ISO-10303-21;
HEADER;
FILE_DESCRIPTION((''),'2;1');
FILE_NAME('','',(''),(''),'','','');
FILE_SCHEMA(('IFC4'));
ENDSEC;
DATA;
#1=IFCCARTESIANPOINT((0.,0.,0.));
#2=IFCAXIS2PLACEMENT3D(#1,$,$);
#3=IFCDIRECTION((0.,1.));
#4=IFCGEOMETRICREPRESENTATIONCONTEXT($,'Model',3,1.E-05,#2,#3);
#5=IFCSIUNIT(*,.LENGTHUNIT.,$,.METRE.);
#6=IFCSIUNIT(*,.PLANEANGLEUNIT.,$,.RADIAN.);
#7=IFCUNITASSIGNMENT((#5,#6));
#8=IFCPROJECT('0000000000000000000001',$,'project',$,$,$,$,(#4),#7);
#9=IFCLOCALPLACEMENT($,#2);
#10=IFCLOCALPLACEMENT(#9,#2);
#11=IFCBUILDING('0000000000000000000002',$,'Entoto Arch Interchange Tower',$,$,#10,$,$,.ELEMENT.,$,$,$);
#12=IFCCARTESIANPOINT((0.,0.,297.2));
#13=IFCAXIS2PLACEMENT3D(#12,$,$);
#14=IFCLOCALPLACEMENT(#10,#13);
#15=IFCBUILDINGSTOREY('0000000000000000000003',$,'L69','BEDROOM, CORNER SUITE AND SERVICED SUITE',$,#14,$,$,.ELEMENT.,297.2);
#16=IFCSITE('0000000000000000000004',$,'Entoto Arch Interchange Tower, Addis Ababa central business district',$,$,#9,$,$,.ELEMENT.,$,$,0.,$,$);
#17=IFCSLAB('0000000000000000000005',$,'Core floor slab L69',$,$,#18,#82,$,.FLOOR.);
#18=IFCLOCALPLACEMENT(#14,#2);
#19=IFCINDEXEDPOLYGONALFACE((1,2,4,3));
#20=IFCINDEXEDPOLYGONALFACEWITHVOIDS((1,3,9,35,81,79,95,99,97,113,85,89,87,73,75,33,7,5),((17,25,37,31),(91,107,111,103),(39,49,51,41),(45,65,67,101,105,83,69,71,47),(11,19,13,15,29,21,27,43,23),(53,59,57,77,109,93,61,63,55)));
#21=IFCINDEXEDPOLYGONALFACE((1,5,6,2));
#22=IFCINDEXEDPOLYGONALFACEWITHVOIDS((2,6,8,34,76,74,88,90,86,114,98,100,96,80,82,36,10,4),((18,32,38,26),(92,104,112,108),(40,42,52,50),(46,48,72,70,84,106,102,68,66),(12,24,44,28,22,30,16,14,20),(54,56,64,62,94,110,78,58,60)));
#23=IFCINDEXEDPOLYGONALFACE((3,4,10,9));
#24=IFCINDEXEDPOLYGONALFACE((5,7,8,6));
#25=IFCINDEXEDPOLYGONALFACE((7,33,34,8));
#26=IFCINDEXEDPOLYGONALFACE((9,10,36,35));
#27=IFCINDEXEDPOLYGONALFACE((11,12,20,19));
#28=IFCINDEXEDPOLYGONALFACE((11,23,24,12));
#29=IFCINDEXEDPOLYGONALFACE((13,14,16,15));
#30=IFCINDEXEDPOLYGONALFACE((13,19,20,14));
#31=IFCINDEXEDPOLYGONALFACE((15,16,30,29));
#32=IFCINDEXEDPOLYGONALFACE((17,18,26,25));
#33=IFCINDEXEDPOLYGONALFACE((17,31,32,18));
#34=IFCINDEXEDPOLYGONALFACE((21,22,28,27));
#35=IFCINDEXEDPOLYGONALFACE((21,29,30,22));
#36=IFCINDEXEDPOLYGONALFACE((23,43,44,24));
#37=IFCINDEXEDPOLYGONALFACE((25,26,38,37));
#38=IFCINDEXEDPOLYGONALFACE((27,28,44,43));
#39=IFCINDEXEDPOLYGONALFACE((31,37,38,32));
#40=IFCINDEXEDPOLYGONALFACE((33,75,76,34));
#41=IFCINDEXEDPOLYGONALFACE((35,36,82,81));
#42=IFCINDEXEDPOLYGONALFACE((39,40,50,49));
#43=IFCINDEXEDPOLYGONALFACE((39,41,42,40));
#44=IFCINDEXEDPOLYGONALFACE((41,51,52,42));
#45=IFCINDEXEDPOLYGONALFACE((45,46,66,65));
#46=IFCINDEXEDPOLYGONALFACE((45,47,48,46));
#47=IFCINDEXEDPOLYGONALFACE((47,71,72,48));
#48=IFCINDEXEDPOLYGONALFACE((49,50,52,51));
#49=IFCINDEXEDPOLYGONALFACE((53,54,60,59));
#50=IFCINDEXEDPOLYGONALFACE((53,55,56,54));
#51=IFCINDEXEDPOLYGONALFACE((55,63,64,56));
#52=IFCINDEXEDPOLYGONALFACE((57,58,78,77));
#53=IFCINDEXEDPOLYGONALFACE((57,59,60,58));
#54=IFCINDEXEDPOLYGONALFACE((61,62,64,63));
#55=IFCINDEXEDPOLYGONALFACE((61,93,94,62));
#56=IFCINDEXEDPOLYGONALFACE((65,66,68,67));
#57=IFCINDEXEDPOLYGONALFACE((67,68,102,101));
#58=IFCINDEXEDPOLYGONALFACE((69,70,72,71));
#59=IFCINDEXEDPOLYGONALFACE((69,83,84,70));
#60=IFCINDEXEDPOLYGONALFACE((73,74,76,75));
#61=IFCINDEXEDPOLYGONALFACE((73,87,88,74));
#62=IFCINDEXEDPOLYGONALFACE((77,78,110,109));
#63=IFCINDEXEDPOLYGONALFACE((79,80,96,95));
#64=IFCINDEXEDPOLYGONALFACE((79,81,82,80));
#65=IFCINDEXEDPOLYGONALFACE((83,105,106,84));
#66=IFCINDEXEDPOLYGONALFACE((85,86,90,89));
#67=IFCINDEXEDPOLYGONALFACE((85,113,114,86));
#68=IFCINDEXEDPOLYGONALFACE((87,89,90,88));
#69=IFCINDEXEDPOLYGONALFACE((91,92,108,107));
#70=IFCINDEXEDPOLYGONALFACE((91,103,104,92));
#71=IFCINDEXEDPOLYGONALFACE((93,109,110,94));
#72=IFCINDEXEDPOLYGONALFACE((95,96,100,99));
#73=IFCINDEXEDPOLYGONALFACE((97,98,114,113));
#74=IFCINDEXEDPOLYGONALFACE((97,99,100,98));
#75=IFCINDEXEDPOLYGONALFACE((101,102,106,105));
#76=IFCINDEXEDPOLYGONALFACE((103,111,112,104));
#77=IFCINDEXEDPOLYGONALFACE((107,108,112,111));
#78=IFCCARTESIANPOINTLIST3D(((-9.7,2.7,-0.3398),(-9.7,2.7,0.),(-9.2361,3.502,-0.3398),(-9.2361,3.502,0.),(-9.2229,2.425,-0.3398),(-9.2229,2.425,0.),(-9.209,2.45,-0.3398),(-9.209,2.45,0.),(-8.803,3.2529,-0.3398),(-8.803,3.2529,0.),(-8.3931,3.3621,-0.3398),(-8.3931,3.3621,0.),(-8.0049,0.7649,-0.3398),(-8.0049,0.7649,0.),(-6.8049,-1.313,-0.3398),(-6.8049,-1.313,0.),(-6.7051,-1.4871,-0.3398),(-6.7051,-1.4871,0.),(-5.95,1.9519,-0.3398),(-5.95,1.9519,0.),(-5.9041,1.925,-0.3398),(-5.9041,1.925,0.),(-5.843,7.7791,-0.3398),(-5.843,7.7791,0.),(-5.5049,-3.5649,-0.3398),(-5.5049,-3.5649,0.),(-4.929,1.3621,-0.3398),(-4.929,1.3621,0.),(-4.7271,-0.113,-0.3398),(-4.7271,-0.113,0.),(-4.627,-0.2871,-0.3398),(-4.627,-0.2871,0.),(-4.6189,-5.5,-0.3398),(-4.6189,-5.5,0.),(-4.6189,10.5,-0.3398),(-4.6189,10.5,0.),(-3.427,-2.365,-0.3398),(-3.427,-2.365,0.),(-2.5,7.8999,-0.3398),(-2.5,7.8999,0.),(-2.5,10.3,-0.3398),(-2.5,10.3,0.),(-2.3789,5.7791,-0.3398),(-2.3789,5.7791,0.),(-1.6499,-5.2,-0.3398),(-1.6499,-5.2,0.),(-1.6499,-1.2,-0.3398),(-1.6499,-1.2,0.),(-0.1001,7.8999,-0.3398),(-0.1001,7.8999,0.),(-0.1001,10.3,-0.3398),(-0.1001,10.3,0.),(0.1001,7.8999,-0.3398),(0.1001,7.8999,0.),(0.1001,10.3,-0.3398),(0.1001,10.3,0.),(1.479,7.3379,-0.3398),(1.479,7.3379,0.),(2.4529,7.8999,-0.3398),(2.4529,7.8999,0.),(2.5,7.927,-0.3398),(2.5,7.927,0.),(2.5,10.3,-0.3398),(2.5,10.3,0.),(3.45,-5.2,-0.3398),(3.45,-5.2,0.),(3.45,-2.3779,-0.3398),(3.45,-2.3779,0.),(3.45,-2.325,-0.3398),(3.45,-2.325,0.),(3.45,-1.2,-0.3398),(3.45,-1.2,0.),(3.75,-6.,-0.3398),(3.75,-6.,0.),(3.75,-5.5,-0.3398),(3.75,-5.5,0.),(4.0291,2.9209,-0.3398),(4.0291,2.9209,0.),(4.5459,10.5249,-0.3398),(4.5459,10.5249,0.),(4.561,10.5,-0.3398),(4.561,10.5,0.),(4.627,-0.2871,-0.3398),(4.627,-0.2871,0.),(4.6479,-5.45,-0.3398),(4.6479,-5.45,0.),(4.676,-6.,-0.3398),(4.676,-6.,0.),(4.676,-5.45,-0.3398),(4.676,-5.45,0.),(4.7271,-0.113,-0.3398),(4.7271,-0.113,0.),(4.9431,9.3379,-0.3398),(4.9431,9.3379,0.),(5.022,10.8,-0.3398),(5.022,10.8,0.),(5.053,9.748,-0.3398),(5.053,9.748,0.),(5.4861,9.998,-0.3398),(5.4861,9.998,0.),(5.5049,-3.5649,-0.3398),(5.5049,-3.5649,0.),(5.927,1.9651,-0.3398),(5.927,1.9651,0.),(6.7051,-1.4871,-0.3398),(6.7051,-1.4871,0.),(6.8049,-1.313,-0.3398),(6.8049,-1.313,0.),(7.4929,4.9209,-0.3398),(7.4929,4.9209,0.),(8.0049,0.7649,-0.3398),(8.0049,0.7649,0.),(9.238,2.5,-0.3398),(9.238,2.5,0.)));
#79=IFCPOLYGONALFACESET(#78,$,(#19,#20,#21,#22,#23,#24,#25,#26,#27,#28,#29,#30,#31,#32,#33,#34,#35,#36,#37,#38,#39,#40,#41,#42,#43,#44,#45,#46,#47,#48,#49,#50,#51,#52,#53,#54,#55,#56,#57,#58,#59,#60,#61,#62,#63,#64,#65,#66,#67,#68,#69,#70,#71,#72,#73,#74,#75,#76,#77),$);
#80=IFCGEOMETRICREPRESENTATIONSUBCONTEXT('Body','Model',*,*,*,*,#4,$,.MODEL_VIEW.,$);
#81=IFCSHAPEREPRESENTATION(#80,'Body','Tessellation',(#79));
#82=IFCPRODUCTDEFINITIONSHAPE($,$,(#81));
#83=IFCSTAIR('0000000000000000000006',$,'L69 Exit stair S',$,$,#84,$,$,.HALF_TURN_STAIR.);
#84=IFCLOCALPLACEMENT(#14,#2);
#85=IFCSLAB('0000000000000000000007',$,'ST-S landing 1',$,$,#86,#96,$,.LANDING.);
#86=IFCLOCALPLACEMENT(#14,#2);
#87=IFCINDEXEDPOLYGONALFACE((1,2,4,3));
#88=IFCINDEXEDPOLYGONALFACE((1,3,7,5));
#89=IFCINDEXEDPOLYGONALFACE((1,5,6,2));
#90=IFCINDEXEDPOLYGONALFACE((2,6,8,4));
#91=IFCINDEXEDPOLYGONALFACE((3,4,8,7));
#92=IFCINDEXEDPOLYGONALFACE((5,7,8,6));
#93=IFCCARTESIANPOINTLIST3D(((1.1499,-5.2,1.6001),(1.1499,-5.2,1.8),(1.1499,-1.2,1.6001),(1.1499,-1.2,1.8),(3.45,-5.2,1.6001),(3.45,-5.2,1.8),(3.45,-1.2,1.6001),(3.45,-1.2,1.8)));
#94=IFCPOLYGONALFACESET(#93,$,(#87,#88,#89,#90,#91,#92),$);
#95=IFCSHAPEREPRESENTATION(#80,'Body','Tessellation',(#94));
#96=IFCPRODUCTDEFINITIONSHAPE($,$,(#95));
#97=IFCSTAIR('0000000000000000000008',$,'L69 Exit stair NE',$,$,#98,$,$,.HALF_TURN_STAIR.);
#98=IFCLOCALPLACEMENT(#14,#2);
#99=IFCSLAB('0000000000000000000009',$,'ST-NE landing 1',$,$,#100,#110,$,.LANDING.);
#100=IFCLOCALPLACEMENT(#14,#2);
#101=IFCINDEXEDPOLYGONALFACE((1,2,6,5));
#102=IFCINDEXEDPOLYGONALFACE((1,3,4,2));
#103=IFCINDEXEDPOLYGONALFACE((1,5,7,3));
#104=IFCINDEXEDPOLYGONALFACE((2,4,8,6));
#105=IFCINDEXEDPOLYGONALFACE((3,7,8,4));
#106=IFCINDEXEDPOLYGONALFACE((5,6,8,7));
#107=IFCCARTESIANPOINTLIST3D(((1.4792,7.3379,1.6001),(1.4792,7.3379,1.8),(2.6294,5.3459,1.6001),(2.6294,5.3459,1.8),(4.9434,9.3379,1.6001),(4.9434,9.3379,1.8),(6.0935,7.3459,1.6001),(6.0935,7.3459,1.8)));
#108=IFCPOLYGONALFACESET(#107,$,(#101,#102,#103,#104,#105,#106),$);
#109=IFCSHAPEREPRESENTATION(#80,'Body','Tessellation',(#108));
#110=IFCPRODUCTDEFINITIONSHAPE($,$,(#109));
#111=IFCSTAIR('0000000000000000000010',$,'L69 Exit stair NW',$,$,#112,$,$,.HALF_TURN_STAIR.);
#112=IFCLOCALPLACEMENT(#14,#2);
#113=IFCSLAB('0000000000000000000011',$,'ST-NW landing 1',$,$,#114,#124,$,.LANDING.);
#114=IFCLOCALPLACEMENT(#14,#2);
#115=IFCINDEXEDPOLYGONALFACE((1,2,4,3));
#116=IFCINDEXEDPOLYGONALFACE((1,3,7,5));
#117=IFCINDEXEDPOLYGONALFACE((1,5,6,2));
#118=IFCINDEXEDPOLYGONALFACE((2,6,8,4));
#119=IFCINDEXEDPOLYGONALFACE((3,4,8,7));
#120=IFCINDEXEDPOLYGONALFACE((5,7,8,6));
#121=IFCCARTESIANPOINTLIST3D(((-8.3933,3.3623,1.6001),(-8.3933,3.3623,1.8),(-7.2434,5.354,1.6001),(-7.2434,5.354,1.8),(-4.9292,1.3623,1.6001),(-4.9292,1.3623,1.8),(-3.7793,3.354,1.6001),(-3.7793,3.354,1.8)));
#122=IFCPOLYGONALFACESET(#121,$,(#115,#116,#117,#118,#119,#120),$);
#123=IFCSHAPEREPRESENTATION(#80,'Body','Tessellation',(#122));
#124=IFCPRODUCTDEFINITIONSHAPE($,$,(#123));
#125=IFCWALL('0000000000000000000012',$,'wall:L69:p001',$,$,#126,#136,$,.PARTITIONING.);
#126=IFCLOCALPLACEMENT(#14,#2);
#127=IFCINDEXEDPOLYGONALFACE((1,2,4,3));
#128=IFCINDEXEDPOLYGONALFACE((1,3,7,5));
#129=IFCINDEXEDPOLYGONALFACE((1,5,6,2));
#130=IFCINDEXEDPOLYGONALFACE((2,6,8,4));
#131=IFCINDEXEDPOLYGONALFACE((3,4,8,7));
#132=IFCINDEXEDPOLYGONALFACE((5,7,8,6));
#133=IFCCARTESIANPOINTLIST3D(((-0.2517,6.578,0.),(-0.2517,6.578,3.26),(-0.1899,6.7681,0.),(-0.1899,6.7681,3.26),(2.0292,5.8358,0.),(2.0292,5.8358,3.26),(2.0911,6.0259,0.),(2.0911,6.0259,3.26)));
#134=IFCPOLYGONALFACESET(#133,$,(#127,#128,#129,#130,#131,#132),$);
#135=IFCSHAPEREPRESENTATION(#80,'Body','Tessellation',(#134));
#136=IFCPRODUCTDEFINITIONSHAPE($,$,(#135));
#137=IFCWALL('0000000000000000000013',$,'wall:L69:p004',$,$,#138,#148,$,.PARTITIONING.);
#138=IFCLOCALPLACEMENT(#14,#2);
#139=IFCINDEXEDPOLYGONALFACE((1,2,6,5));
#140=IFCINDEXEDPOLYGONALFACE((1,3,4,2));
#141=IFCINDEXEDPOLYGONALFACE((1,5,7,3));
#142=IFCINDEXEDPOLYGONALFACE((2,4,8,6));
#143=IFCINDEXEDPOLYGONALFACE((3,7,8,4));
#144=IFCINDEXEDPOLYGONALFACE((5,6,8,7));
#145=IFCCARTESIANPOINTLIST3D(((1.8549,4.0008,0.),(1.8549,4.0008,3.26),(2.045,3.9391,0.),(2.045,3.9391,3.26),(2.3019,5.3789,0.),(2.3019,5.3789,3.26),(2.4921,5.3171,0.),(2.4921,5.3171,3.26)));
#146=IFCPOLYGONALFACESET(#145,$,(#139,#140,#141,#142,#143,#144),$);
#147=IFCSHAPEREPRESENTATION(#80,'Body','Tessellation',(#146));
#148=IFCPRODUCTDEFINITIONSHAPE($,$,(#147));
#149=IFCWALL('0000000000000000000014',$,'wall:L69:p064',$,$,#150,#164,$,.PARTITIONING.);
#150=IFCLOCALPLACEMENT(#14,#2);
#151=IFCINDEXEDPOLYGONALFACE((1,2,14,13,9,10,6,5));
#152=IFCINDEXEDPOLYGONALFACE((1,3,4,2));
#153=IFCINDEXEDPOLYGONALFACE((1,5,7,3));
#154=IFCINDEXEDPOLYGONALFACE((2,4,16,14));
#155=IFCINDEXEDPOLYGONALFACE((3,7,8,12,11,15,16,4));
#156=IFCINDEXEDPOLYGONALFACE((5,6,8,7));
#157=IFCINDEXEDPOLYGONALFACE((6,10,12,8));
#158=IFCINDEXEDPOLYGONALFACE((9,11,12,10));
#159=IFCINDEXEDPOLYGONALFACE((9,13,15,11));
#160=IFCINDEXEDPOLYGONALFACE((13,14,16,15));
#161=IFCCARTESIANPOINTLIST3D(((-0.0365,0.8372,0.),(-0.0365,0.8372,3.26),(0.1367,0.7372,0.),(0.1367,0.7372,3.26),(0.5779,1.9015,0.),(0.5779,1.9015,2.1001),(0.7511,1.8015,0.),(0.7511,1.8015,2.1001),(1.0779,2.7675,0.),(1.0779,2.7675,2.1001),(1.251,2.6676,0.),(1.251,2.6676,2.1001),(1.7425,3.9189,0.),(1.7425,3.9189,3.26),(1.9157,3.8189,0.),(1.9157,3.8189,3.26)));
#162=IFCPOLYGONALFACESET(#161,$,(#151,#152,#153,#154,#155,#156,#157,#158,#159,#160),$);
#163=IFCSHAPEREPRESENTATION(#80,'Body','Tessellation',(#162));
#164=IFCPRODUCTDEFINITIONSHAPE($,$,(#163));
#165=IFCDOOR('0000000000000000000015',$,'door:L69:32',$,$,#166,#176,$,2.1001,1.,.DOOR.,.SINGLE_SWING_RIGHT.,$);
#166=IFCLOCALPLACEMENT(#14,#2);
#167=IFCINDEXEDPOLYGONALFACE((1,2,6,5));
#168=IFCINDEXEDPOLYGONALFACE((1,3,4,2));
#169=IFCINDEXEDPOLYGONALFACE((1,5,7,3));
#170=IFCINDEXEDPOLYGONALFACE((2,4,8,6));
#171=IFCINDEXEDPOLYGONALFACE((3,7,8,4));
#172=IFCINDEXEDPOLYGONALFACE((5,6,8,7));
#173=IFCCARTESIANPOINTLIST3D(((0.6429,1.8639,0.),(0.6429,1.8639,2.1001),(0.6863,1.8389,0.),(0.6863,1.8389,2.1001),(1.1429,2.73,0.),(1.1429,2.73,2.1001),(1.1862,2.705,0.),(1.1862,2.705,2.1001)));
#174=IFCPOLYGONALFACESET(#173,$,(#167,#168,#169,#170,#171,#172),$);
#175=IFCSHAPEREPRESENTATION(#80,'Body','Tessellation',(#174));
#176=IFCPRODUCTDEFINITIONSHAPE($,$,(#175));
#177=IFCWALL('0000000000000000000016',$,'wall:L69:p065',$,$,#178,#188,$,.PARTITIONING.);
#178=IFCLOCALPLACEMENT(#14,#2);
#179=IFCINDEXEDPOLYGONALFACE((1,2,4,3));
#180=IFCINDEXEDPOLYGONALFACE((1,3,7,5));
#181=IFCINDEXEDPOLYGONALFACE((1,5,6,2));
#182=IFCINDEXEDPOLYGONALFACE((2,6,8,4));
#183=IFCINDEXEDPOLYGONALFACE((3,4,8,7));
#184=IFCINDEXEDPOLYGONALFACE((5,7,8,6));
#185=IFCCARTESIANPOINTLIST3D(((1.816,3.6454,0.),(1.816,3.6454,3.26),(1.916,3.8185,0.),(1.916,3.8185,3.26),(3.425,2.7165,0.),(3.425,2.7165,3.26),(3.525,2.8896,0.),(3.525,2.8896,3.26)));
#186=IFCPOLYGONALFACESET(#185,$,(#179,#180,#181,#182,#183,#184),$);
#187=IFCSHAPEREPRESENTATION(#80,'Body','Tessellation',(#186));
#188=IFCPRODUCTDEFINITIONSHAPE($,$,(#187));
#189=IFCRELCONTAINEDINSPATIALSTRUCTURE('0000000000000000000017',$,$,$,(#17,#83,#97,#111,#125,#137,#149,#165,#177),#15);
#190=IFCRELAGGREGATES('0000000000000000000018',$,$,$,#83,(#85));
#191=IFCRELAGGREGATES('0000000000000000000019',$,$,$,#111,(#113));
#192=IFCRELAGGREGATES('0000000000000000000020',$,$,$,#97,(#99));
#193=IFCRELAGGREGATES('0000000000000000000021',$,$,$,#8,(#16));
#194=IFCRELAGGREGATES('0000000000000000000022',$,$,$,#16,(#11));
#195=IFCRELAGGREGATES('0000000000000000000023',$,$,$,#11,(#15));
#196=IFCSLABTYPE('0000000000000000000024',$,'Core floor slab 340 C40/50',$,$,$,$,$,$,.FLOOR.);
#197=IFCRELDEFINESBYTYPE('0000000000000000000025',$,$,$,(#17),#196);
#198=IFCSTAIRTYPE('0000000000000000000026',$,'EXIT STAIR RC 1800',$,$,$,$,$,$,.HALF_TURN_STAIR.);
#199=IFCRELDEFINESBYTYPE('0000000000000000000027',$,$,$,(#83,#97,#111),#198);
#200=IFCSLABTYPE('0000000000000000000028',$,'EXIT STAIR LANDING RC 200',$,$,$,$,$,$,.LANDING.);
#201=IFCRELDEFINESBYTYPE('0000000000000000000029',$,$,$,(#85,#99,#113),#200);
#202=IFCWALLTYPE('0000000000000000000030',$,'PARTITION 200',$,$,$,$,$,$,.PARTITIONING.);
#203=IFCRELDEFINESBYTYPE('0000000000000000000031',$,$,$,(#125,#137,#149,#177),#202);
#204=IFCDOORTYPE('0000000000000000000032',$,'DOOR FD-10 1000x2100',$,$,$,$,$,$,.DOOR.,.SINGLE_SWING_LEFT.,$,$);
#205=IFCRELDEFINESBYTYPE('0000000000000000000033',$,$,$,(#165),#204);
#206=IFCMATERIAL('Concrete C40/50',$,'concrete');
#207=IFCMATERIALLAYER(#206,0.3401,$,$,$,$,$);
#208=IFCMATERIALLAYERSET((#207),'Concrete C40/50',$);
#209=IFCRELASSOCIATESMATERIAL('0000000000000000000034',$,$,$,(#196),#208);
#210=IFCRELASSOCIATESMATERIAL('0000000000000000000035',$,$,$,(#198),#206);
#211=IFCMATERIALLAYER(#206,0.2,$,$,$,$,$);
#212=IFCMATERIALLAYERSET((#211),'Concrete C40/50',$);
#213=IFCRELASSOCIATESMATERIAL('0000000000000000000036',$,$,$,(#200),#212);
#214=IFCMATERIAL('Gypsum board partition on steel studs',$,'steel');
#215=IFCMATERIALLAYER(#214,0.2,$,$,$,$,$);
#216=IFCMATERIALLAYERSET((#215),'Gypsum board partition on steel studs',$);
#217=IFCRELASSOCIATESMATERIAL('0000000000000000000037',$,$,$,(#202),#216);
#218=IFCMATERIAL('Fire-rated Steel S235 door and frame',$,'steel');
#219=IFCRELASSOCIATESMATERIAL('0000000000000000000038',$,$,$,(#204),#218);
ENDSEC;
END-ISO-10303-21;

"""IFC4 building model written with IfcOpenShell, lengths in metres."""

from ifc_helpers import new_model, si_unit, direction, frame, frame_2d, origin, place, context, subcontext, project, spatial, polyline, rectangle, outline, extrude, material, layer, layer_set, type_object, element, fill, aggregate, save


model = new_model("IFC4")

# Units and contexts
model_context = context("Model", 3, precision=1e-05, world=origin(), true_north=direction((0.0, 1.0)))
body_context = subcontext(model_context, "Body", "Model", "MODEL_VIEW")
ifc_project = project(units=[si_unit("LENGTHUNIT", "METRE"), si_unit("PLANEANGLEUNIT", "RADIAN")], contexts=[model_context])

# Site, building, storey
site_placement = place(None, origin())
site = spatial("IfcSite", under=ifc_project, at=site_placement, Name="Entoto Arch Interchange Tower, Addis Ababa central business district", CompositionType="ELEMENT", RefElevation=0.0)
building_placement = place(site_placement, origin())
building = spatial("IfcBuilding", under=site, at=building_placement, Name="Entoto Arch Interchange Tower", CompositionType="ELEMENT")
storey_placement = place(building_placement, frame((0.0, 0.0, 297.2)))
storey = spatial("IfcBuildingStorey", under=building, at=storey_placement, Name="L69", Description="BEDROOM, CORNER SUITE AND SERVICED SUITE", CompositionType="ELEMENT", Elevation=297.2)

# Slab
ifc_material_1 = material(Name="Concrete C40/50", Category="concrete")
ifc_layer_1 = layer(ifc_material_1, 0.3401)
ifc_layer_set_1 = layer_set([ifc_layer_1], Name="Concrete C40/50")
slab_type_1 = type_object("IfcSlabType", Name="Core floor slab 340 C40/50", PredefinedType="FLOOR", material=ifc_layer_set_1)
slab_1_placement = place(storey_placement, frame((0.0, 0.0, -0.3398)))
element("IfcSlab", 1, at=slab_1_placement, inside=storey, type_object=slab_type_1, Name="Core floor slab L69", PredefinedType="FLOOR", context=body_context, shape_type="SweptSolid", body=[
    extrude(outline(polyline([(-9.209, 2.45), (-9.2229, 2.425), (-9.7, 2.7), (-9.2361, 3.502), (-8.803, 3.2529), (-4.6189, 10.5), (4.561, 10.5), (4.5459, 10.5249), (5.022, 10.8), (5.4861, 9.998), (5.053, 9.748), (9.238, 2.5), (4.6479, -5.45), (4.676, -5.45), (4.676, -6.0), (3.75, -6.0), (3.75, -5.5), (-4.6189, -5.5), (-9.209, 2.45)]), holes=[polyline([(-1.6499, -5.2), (3.45, -5.2), (3.45, -2.3779), (5.5049, -3.5649), (6.7051, -1.4871), (4.627, -0.2871), (3.45, -2.325), (3.45, -1.2), (-1.6499, -1.2), (-1.6499, -5.2)]), polyline([(-4.627, -0.2871), (-6.7051, -1.4871), (-5.5049, -3.5649), (-3.427, -2.365), (-4.627, -0.2871)]), polyline([(-5.9041, 1.925), (-4.929, 1.3621), (-2.3789, 5.7791), (-5.843, 7.7791), (-8.3931, 3.3621), (-5.95, 1.9519), (-8.0049, 0.7649), (-6.8049, -1.313), (-4.7271, -0.113), (-5.9041, 1.925)]), polyline([(4.7271, -0.113), (6.8049, -1.313), (8.0049, 0.7649), (5.927, 1.9651), (4.7271, -0.113)]), polyline([(2.5, 7.927), (2.5, 10.3), (0.1001, 10.3), (0.1001, 7.8999), (2.4529, 7.8999), (1.479, 7.3379), (4.0291, 2.9209), (7.4929, 4.9209), (4.9431, 9.3379), (2.5, 7.927)]), polyline([(-2.5, 7.8999), (-0.1001, 7.8999), (-0.1001, 10.3), (-2.5, 10.3), (-2.5, 7.8999)])]), origin(), (0.0, 0.0, 1.0), 0.3398),
])

# Stairs, slabs
stair_type = type_object("IfcStairType", Name="EXIT STAIR RC 1800", PredefinedType="HALF_TURN_STAIR", material=ifc_material_1)
stair_1_placement = place(storey_placement, origin())
stair_1 = element("IfcStair", 2, at=stair_1_placement, inside=storey, type_object=stair_type, Name="L69 Exit stair S", PredefinedType="HALF_TURN_STAIR")
ifc_layer_2 = layer(ifc_material_1, 0.2)
ifc_layer_set_2 = layer_set([ifc_layer_2], Name="Concrete C40/50")
slab_type_2 = type_object("IfcSlabType", Name="EXIT STAIR LANDING RC 200", PredefinedType="LANDING", material=ifc_layer_set_2)
slab_2_placement = place(storey_placement, frame((0.0, 0.0, 1.6001)))
slab_2 = element("IfcSlab", 3, at=slab_2_placement, type_object=slab_type_2, Name="ST-S landing 1", PredefinedType="LANDING", context=body_context, shape_type="SweptSolid", body=[
    extrude(outline(polyline([(1.1499, -5.2), (3.45, -5.2), (3.45, -1.2), (1.1499, -1.2), (1.1499, -5.2)])), origin(), (0.0, 0.0, 1.0), 0.2),
])
aggregate(stair_1, [slab_2])
stair_2_placement = place(storey_placement, origin())
stair_2 = element("IfcStair", 4, at=stair_2_placement, inside=storey, type_object=stair_type, Name="L69 Exit stair NE", PredefinedType="HALF_TURN_STAIR")
slab_3_placement = place(storey_placement, frame((0.0, 0.0, 1.6001)))
slab_3 = element("IfcSlab", 5, at=slab_3_placement, type_object=slab_type_2, Name="ST-NE landing 1", PredefinedType="LANDING", context=body_context, shape_type="SweptSolid", body=[
    extrude(outline(polyline([(6.0935, 7.3459), (4.9434, 9.3379), (1.4792, 7.3379), (2.6294, 5.3459), (6.0935, 7.3459)])), origin(), (0.0, 0.0, 1.0), 0.2),
])
stair_3_placement = place(storey_placement, origin())
stair_3 = element("IfcStair", 6, at=stair_3_placement, inside=storey, type_object=stair_type, Name="L69 Exit stair NW", PredefinedType="HALF_TURN_STAIR")
slab_4_placement = place(storey_placement, frame((0.0, 0.0, 1.6001)))
slab_4 = element("IfcSlab", 7, at=slab_4_placement, type_object=slab_type_2, Name="ST-NW landing 1", PredefinedType="LANDING", context=body_context, shape_type="SweptSolid", body=[
    extrude(outline(polyline([(-7.2434, 5.354), (-8.3933, 3.3623), (-4.9292, 1.3623), (-3.7793, 3.354), (-7.2434, 5.354)])), origin(), (0.0, 0.0, 1.0), 0.2),
])
aggregate(stair_3, [slab_4])

# Walls
ifc_material_2 = material(Name="Gypsum board partition on steel studs", Category="steel")
ifc_layer_3 = layer(ifc_material_2, 0.2)
ifc_layer_set_3 = layer_set([ifc_layer_3], Name="Gypsum board partition on steel studs")
wall_type_1 = type_object("IfcWallType", Name="PARTITION 200", PredefinedType="PARTITIONING", material=ifc_layer_set_3)
wall_1_placement = place(storey_placement, frame((2.0601, 5.9309, 0.0), z_axis=(0.0, 0.0, 1.0), x_axis=(-0.950929, 0.309411, 0.0)))
element("IfcWall", 8, at=wall_1_placement, inside=storey, type_object=wall_type_1, Name="wall:L69:p001", PredefinedType="PARTITIONING", context=body_context, shape_type="SweptSolid", body=[
    extrude(rectangle(XDim=2.3987, YDim=0.2, at=frame_2d((1.1992, 0.0))), origin(), (0.0, 0.0, 1.0), 3.26),
])
wall_2_placement = place(storey_placement, frame((1.95, 3.97, 0.0), z_axis=(0.0, 0.0, 1.0), x_axis=(0.308583, 0.951197, 0.0)))
element("IfcWall", 9, at=wall_2_placement, inside=storey, type_object=wall_type_1, Name="wall:L69:p004", PredefinedType="PARTITIONING", context=body_context, shape_type="SweptSolid", body=[
    extrude(rectangle(XDim=1.4487, YDim=0.2, at=frame_2d((0.7244, 0.0))), origin(), (0.0, 0.0, 1.0), 3.26),
])

# Wall, opening, door
wall_3_placement = place(storey_placement, frame((0.05, 0.7871, 0.0), z_axis=(0.0, 0.0, 1.0), x_axis=(0.499954, 0.866052, 0.0)))
wall_3 = element("IfcWall", 10, at=wall_3_placement, inside=storey, type_object=wall_type_1, Name="wall:L69:p064", PredefinedType="PARTITIONING", context=body_context, shape_type="SweptSolid", body=[
    extrude(rectangle(XDim=3.5583, YDim=0.2, at=frame_2d((1.7793, 0.0))), origin(), (0.0, 0.0, 1.0), 3.26),
])
opening_1_placement = place(wall_3_placement, frame((1.229, 0.0, 0.0)))
opening_1 = element("IfcOpeningElement", 11, at=opening_1_placement, cuts=wall_3, PredefinedType="OPENING", context=body_context, shape_type="SweptSolid", body=[
    extrude(rectangle(XDim=1.0, YDim=2.1001, at=frame_2d((0.5, 1.05))), frame((0.0, 0.1099, 0.0), z_axis=(0.0, -1.0, 0.0), x_axis=(1.0, 0.0, 0.0)), (0.0, 0.0, 1.0), 0.22),
])
ifc_material_3 = material(Name="Fire-rated Steel S235 door and frame", Category="steel")
door_type_1 = type_object("IfcDoorType", Name="DOOR FD-10 1000x2100", OperationType="SINGLE_SWING_LEFT", PredefinedType="DOOR", material=ifc_material_3)
door_1_placement = place(opening_1_placement, origin())
door_1 = element("IfcDoor", 12, at=door_1_placement, inside=storey, type_object=door_type_1, Name="door:L69:32", OperationType="SINGLE_SWING_RIGHT", OverallHeight=2.1001, OverallWidth=1.0, PredefinedType="DOOR", context=body_context, shape_type="SweptSolid", body=[
    extrude(rectangle(XDim=1.0, YDim=2.1001, at=frame_2d((0.5, 1.05))), frame((0.0, 0.0249, 0.0), z_axis=(0.0, -1.0, 0.0), x_axis=(1.0, 0.0, 0.0)), (0.0, 0.0, 1.0), 0.05),
])
fill(opening_1, door_1)

# Wall
wall_4_placement = place(storey_placement, frame((1.866, 3.7319, 0.0), z_axis=(0.0, 0.0, 1.0), x_axis=(0.866043, -0.499969, 0.0)))
element("IfcWall", 13, at=wall_4_placement, inside=storey, type_object=wall_type_1, Name="wall:L69:p065", PredefinedType="PARTITIONING", context=body_context, shape_type="SweptSolid", body=[
    extrude(rectangle(XDim=1.8579, YDim=0.2, at=frame_2d((0.929, 0.0))), origin(), (0.0, 0.0, 1.0), 3.26),
])

aggregate(stair_2, [slab_3])

save(model, "model.ifc")
